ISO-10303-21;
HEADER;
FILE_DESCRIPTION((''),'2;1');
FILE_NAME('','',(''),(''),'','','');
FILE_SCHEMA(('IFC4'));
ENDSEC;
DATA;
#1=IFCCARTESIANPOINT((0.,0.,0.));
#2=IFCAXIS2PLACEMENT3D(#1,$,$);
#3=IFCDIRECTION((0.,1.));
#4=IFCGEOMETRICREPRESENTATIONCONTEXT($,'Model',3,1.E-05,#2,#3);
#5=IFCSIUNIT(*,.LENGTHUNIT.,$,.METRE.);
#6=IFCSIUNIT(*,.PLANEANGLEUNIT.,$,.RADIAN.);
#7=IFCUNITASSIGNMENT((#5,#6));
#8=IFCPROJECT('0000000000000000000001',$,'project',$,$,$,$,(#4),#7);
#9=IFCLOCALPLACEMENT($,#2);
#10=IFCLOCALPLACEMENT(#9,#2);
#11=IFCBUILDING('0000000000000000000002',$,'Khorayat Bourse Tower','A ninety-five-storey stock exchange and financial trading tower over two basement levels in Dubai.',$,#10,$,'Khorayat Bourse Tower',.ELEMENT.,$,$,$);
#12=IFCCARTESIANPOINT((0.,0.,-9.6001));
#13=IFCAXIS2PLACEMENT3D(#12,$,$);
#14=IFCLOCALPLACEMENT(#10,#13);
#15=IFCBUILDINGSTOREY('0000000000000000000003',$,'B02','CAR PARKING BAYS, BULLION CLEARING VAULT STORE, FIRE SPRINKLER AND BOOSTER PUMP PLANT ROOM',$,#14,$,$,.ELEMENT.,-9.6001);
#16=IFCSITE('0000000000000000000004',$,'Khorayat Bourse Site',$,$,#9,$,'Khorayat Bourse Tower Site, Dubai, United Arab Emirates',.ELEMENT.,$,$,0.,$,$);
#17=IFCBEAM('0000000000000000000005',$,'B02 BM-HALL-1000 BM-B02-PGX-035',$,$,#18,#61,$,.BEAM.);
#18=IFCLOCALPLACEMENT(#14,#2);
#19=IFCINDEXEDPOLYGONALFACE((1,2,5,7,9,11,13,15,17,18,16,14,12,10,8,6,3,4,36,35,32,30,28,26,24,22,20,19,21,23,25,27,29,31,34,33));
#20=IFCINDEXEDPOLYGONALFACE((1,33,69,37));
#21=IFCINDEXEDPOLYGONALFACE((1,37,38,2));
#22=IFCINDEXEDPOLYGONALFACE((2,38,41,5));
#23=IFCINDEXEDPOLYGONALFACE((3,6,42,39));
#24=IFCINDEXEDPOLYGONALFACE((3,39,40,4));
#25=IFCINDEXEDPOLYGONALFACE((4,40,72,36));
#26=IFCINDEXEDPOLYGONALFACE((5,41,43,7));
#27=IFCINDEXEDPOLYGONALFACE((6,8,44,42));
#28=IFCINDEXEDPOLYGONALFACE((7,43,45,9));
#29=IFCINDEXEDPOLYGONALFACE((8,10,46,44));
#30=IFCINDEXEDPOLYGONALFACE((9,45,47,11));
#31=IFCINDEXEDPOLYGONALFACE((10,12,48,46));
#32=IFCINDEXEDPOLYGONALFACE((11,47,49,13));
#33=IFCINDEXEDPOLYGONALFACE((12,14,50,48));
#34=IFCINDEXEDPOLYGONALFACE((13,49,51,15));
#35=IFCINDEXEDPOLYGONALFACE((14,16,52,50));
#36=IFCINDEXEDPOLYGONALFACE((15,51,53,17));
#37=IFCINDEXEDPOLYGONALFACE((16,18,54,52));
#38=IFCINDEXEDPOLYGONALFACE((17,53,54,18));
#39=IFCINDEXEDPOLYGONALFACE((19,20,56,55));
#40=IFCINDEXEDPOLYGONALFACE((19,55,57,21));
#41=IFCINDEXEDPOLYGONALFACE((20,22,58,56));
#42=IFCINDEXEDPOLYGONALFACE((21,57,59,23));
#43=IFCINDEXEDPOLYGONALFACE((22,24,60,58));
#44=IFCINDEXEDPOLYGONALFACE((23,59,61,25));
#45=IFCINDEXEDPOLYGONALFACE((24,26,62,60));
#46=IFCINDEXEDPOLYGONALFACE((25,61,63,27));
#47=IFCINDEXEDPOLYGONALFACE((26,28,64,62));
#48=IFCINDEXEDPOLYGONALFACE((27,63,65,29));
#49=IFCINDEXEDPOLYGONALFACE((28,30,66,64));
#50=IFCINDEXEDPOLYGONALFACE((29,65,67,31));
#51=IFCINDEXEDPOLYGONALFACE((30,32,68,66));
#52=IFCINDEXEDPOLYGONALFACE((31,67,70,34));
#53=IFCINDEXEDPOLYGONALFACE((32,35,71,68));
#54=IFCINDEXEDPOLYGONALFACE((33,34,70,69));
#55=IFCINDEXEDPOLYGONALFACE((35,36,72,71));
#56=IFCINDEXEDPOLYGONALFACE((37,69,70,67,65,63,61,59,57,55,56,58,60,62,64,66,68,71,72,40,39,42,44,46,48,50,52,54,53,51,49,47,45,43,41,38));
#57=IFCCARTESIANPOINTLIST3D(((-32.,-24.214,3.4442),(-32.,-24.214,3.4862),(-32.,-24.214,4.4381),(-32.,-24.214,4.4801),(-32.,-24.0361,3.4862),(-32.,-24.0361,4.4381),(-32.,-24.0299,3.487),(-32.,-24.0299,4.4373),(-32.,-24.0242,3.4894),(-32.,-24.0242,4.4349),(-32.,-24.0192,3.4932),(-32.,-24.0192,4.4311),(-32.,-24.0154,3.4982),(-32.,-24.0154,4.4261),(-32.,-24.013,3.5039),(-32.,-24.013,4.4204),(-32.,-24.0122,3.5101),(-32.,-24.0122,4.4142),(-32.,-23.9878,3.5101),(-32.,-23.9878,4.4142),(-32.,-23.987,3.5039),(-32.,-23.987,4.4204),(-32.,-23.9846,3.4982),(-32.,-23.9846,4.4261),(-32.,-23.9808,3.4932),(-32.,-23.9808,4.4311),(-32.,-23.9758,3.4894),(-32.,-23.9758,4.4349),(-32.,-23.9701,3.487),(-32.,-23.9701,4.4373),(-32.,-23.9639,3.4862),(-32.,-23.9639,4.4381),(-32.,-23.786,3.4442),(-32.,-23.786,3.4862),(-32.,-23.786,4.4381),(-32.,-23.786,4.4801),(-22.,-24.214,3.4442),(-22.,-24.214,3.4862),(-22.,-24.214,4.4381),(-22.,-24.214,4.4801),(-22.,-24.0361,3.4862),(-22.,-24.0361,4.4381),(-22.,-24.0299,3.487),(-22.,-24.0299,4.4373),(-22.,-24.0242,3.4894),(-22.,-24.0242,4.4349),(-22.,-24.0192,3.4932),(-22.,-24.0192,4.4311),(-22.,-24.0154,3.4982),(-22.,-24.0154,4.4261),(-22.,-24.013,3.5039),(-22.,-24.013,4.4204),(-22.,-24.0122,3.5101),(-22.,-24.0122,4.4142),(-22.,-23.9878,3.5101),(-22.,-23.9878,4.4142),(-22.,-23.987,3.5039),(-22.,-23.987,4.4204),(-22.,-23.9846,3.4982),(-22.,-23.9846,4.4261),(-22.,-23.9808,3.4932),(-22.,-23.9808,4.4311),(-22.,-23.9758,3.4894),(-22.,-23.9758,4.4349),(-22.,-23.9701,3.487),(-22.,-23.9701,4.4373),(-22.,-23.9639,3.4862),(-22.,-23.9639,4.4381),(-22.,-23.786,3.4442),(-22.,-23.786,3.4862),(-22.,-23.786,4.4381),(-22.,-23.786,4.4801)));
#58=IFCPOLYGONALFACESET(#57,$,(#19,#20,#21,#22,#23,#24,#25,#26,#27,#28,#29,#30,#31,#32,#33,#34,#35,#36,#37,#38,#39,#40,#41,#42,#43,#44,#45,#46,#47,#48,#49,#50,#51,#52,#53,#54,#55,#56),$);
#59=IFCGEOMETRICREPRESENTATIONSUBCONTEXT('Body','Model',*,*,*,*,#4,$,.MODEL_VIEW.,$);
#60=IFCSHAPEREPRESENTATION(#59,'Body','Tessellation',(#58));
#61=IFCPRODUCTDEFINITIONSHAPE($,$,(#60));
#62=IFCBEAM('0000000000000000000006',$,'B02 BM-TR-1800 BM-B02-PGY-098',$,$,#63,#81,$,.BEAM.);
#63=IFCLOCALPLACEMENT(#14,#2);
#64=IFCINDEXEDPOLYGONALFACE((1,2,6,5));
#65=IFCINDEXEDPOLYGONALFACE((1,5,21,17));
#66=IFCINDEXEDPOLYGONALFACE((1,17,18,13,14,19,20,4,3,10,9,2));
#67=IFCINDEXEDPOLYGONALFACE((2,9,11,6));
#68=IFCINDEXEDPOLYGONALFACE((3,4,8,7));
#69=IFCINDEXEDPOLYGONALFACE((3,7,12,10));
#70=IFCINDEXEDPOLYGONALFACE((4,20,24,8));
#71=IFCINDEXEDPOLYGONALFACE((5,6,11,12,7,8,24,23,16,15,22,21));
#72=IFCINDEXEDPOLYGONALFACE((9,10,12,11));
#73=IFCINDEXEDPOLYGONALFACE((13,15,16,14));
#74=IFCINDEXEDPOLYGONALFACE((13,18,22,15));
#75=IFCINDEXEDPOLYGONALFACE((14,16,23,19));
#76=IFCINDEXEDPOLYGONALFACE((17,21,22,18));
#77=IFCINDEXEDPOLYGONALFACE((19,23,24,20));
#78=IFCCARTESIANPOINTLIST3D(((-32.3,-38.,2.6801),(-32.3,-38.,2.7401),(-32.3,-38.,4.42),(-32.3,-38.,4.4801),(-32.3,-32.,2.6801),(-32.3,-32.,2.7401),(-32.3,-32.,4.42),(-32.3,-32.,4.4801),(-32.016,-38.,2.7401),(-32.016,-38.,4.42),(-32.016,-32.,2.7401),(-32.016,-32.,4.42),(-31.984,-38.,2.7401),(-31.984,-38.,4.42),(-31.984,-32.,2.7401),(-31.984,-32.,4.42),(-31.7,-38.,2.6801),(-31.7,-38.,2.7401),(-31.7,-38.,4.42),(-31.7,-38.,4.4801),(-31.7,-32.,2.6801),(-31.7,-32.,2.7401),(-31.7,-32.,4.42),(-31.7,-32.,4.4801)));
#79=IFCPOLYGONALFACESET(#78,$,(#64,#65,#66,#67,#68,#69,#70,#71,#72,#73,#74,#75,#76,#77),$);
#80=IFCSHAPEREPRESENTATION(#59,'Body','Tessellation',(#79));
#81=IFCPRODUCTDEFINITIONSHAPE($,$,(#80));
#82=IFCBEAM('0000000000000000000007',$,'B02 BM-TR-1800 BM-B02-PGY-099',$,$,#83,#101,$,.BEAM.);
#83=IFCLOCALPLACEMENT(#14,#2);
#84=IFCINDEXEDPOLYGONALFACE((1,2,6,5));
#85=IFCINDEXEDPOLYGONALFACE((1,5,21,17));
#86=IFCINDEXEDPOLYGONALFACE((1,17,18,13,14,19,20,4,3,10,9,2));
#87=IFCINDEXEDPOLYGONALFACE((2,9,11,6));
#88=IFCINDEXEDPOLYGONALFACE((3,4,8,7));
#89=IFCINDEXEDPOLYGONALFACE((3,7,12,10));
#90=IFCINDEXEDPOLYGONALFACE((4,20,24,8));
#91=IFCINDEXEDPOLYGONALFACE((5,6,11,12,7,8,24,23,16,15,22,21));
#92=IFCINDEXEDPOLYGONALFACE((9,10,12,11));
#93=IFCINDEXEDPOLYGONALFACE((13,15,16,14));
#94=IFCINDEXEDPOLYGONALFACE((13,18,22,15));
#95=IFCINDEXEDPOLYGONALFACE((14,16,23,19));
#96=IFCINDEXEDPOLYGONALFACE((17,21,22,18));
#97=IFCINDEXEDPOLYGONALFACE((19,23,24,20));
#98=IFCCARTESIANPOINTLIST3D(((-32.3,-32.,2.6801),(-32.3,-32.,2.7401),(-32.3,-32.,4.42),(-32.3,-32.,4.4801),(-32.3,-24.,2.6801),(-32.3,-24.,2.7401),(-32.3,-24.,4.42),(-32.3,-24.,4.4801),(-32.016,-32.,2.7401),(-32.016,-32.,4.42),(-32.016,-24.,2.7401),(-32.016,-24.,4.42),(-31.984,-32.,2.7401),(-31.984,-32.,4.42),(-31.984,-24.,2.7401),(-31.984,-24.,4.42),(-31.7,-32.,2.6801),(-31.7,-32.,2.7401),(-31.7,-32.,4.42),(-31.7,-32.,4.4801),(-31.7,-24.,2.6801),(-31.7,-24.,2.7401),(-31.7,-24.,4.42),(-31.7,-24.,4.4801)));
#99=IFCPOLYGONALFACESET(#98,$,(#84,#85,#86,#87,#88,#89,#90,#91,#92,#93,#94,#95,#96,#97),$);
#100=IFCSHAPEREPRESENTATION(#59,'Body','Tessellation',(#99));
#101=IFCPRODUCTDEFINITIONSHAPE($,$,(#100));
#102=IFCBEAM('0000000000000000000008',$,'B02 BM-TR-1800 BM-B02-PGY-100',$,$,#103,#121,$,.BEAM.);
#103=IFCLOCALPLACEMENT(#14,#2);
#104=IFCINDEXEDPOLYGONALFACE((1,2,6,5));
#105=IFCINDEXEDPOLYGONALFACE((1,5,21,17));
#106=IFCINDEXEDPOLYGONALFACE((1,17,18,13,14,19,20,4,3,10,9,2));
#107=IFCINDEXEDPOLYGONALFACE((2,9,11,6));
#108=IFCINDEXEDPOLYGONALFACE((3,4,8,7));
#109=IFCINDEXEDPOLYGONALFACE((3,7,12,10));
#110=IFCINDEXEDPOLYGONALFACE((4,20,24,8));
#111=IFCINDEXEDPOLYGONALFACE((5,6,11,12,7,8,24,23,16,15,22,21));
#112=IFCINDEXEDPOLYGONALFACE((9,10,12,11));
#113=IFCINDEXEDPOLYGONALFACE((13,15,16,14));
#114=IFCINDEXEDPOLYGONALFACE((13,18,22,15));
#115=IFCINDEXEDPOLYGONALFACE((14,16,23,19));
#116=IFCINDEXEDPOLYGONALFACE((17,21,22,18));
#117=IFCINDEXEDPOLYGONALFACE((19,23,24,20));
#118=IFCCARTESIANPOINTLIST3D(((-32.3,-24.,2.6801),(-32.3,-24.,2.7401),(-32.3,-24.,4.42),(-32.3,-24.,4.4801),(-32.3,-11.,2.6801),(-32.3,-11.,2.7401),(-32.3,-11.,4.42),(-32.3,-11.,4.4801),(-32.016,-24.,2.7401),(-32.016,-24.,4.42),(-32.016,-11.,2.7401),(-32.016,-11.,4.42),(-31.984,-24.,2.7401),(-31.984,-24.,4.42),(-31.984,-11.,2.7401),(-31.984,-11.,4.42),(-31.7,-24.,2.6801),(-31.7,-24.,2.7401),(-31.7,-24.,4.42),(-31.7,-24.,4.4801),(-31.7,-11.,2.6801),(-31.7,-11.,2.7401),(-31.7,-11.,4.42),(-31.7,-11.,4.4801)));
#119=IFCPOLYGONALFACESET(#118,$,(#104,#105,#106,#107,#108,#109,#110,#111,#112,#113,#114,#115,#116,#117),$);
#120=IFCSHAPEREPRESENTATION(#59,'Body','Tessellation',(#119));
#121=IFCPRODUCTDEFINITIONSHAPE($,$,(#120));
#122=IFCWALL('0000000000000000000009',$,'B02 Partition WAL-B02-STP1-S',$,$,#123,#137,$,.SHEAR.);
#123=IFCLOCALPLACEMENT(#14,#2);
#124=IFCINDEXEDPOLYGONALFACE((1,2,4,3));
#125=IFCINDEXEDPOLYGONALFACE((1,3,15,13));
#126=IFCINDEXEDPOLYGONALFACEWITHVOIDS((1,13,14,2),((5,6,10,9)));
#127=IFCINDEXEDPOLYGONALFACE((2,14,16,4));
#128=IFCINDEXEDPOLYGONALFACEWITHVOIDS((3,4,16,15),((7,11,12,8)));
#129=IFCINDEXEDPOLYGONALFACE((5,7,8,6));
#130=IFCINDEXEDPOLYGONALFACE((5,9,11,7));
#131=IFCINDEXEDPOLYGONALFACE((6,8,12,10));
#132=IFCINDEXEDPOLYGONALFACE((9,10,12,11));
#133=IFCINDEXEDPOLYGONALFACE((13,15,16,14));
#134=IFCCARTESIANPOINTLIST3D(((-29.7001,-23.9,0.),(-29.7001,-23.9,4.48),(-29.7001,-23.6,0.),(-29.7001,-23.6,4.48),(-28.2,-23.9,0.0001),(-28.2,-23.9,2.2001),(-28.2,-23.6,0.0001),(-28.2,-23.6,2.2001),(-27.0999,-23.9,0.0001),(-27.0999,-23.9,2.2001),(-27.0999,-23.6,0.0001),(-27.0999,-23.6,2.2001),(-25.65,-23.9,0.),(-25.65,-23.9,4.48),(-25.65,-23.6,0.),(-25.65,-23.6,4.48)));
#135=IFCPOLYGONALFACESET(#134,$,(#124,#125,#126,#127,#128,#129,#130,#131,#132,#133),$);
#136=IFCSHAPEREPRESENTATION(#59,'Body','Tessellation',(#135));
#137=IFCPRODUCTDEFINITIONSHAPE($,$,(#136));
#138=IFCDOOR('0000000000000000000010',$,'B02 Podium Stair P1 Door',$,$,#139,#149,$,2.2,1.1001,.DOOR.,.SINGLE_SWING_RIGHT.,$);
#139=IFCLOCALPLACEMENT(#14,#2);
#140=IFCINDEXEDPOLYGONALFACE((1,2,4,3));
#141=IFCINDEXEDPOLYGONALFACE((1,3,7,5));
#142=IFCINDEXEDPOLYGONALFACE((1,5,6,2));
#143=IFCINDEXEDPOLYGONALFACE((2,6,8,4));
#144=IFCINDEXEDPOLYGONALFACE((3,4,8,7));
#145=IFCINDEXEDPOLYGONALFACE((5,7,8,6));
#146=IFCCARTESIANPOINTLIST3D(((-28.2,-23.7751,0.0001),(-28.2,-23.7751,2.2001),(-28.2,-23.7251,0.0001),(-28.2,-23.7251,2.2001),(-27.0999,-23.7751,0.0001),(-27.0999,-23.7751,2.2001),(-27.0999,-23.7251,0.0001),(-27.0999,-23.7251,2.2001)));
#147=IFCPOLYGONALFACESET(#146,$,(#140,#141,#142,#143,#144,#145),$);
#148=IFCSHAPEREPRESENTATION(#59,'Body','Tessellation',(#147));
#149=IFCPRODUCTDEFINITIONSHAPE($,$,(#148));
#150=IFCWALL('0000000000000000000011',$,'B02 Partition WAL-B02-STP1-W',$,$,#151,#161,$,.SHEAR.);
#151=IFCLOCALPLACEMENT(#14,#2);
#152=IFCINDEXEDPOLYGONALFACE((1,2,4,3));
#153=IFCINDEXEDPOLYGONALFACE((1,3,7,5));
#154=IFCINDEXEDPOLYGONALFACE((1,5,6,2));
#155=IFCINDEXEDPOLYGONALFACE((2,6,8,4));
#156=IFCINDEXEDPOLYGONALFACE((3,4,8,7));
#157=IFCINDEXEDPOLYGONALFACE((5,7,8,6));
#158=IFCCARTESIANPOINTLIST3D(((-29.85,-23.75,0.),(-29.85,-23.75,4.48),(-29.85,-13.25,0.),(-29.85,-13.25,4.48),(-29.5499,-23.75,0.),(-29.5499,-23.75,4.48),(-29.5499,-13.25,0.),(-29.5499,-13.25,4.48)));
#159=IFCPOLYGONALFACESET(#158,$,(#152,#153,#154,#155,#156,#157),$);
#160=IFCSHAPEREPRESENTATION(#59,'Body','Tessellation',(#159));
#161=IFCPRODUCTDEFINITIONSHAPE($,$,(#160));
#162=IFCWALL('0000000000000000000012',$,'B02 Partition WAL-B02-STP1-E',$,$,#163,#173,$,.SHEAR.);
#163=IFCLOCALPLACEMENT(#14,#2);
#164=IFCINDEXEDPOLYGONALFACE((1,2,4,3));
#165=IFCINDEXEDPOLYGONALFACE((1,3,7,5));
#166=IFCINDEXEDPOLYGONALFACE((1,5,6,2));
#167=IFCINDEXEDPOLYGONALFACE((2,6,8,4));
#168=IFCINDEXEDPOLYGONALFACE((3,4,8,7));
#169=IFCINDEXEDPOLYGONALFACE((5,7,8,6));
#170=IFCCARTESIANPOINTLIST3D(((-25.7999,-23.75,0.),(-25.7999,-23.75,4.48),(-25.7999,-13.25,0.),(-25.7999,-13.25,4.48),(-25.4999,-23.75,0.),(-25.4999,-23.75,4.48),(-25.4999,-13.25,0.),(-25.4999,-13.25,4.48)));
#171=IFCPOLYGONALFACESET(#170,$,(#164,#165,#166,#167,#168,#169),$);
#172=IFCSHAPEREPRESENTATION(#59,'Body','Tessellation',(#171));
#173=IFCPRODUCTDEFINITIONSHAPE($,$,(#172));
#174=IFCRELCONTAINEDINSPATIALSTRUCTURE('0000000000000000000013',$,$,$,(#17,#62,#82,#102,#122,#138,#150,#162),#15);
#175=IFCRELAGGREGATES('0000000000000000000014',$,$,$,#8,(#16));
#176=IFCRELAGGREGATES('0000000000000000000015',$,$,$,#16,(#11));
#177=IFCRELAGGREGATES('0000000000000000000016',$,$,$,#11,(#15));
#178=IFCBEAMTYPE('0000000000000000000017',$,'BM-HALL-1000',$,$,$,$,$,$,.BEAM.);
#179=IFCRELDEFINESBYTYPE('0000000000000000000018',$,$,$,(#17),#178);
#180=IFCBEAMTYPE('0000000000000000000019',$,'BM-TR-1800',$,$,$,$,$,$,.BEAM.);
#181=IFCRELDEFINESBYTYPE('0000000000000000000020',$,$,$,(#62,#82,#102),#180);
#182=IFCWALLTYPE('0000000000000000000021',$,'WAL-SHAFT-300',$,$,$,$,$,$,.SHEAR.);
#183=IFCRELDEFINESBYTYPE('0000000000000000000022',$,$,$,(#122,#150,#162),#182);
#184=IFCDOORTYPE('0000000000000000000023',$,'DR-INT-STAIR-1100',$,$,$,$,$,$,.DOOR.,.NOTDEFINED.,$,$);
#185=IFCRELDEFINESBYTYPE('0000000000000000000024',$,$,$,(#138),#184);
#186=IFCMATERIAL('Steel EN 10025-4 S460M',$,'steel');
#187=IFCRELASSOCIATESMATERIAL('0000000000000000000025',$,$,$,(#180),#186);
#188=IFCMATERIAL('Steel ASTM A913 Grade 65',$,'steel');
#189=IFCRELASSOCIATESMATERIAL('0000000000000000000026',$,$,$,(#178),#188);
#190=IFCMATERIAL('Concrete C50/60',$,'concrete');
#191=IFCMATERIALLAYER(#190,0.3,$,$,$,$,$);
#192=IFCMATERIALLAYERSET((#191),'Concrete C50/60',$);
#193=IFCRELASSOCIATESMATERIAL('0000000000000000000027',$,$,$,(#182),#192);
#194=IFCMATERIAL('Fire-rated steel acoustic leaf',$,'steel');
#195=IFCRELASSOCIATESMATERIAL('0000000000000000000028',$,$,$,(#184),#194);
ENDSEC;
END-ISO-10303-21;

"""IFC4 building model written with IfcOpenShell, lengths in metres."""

from ifc_helpers import new_model, si_unit, direction, frame, frame_2d, origin, origin_2d, place, context, subcontext, project, spatial, rectangle, i_section, extrude, source, transform, mapped, material, layer, layer_set, material_profile, profile_set, type_object, element, fill, save


model = new_model("IFC4")

# Units and contexts
model_context = context("Model", 3, precision=1e-05, world=origin(), true_north=direction((0.0, 1.0)))
body_context = subcontext(model_context, "Body", "Model", "MODEL_VIEW")
ifc_project = project(units=[si_unit("LENGTHUNIT", "METRE"), si_unit("PLANEANGLEUNIT", "RADIAN")], contexts=[model_context])

# Site, building, storey
site_placement = place(None, origin())
site = spatial("IfcSite", under=ifc_project, at=site_placement, Name="Khorayat Bourse Site", LongName="Khorayat Bourse Tower Site, Dubai, United Arab Emirates", CompositionType="ELEMENT", RefElevation=0.0)
building_placement = place(site_placement, origin())
building = spatial("IfcBuilding", under=site, at=building_placement, Name="Khorayat Bourse Tower", Description="A ninety-five-storey stock exchange and financial trading tower over two basement levels in Dubai.", LongName="Khorayat Bourse Tower", CompositionType="ELEMENT")
storey_placement = place(building_placement, frame((0.0, 0.0, -9.6001)))
storey = spatial("IfcBuildingStorey", under=building, at=storey_placement, Name="B02", Description="CAR PARKING BAYS, BULLION CLEARING VAULT STORE, FIRE SPRINKLER AND BOOSTER PUMP PLANT ROOM", CompositionType="ELEMENT", Elevation=-9.6001)

# Shared definitions
ifc_material_1 = material(Name="Concrete C50/60", Category="concrete")

# Beams
ifc_material_2 = material(Name="Steel EN 10025-4 S460M", Category="steel")
ifc_material_profile_1 = material_profile(ifc_material_2, i_section(OverallWidth=0.6001, OverallDepth=1.8, WebThickness=0.032, FlangeThickness=0.0601, at=origin_2d()), Name="PG 1800x600x32x60")
ifc_profile_set_1 = profile_set([ifc_material_profile_1], Name="Steel EN 10025-4 S460M")
beam_type_1 = type_object("IfcBeamType", Name="BM-TR-1800", PredefinedType="BEAM", material=ifc_profile_set_1)
ifc_material_3 = material(Name="Steel ASTM A913 Grade 65", Category="steel")
ifc_material_profile_2 = material_profile(ifc_material_3, i_section(OverallWidth=0.428, OverallDepth=1.0359, WebThickness=0.0244, FlangeThickness=0.042, FilletRadius=0.0239, at=origin_2d()), Name="W1000X443")
ifc_profile_set_2 = profile_set([ifc_material_profile_2], Name="Steel ASTM A913 Grade 65")
beam_type_2 = type_object("IfcBeamType", Name="BM-HALL-1000", PredefinedType="BEAM", material=ifc_profile_set_2)
shared_shape_1 = source(origin(), body_context, "Body", "SweptSolid", [
    extrude(i_section(OverallWidth=0.428, OverallDepth=1.0359, WebThickness=0.0244, FlangeThickness=0.042, FilletRadius=0.0239, at=origin_2d()), origin(), (0.0, 0.0, 1.0), 10.0),
])
beam_1_placement = place(storey_placement, frame((-32.0, -24.0, 3.9622), z_axis=(1.0, 0.0, 0.0), x_axis=(0.0, 1.0, 0.0)))
element("IfcBeam", 1, at=beam_1_placement, inside=storey, type_object=beam_type_2, Name="B02 BM-HALL-1000 BM-B02-PGX-035", PredefinedType="BEAM", context=body_context, shape_type="MappedRepresentation", body=[
    mapped(shared_shape_1, transform((0.0, 0.0, 0.0), scale=1.0)),
])
shared_shape_2 = source(origin(), body_context, "Body", "SweptSolid", [
    extrude(i_section(OverallWidth=0.6001, OverallDepth=1.8, WebThickness=0.032, FlangeThickness=0.0601, at=origin_2d()), origin(), (0.0, 0.0, 1.0), 6.0),
])
beam_2_placement = place(storey_placement, frame((-32.0, -38.0, 3.5801), z_axis=(0.0, 1.0, 0.0), x_axis=(-1.0, 0.0, 0.0)))
element("IfcBeam", 2, at=beam_2_placement, inside=storey, type_object=beam_type_1, Name="B02 BM-TR-1800 BM-B02-PGY-098", PredefinedType="BEAM", context=body_context, shape_type="MappedRepresentation", body=[
    mapped(shared_shape_2, transform((0.0, 0.0, 0.0), scale=1.0)),
])
shared_shape_3 = source(origin(), body_context, "Body", "SweptSolid", [
    extrude(i_section(OverallWidth=0.6001, OverallDepth=1.8, WebThickness=0.032, FlangeThickness=0.0601, at=origin_2d()), origin(), (0.0, 0.0, 1.0), 8.0),
])
beam_3_placement = place(storey_placement, frame((-32.0, -32.0, 3.5801), z_axis=(0.0, 1.0, 0.0), x_axis=(-1.0, 0.0, 0.0)))
element("IfcBeam", 3, at=beam_3_placement, inside=storey, type_object=beam_type_1, Name="B02 BM-TR-1800 BM-B02-PGY-099", PredefinedType="BEAM", context=body_context, shape_type="MappedRepresentation", body=[
    mapped(shared_shape_3, transform((0.0, 0.0, 0.0), scale=1.0)),
])
shared_shape_4 = source(origin(), body_context, "Body", "SweptSolid", [
    extrude(i_section(OverallWidth=0.6001, OverallDepth=1.8, WebThickness=0.032, FlangeThickness=0.0601, at=origin_2d()), origin(), (0.0, 0.0, 1.0), 13.0),
])
beam_4_placement = place(storey_placement, frame((-32.0, -24.0, 3.5801), z_axis=(0.0, 1.0, 0.0), x_axis=(-1.0, 0.0, 0.0)))
element("IfcBeam", 4, at=beam_4_placement, inside=storey, type_object=beam_type_1, Name="B02 BM-TR-1800 BM-B02-PGY-100", PredefinedType="BEAM", context=body_context, shape_type="MappedRepresentation", body=[
    mapped(shared_shape_4, transform((0.0, 0.0, 0.0), scale=1.0)),
])

# Wall, opening, door
ifc_layer_1 = layer(ifc_material_1, 0.3)
ifc_layer_set_1 = layer_set([ifc_layer_1], Name="Concrete C50/60")
wall_type_1 = type_object("IfcWallType", Name="WAL-SHAFT-300", PredefinedType="SHEAR", material=ifc_layer_set_1)
shared_shape_5 = source(origin(), body_context, "Body", "SweptSolid", [
    extrude(rectangle(XDim=4.05, YDim=0.3, at=frame_2d((2.0249, 0.0))), origin(), (0.0, 0.0, 1.0), 4.48),
])
wall_1_placement = place(storey_placement, frame((-29.7, -23.75, 0.0), z_axis=(0.0, 0.0, 1.0), x_axis=(1.0, 0.0, 0.0)))
wall_1 = element("IfcWall", 5, at=wall_1_placement, inside=storey, type_object=wall_type_1, Name="B02 Partition WAL-B02-STP1-S", PredefinedType="SHEAR", context=body_context, shape_type="MappedRepresentation", body=[
    mapped(shared_shape_5, transform((0.0, 0.0, 0.0), scale=1.0)),
])
shared_shape_6 = source(origin(), body_context, "Body", "SweptSolid", [
    extrude(rectangle(XDim=1.1001, YDim=2.2, at=frame_2d((0.55, 1.1001))), frame((0.0, 0.1599, 0.0), z_axis=(0.0, -1.0, 0.0), x_axis=(1.0, 0.0, 0.0)), (0.0, 0.0, 1.0), 0.3201),
])
opening_1_placement = place(wall_1_placement, frame((1.5, 0.0, 0.0)))
opening_1 = element("IfcOpeningElement", 6, at=opening_1_placement, cuts=wall_1, PredefinedType="OPENING", context=body_context, shape_type="MappedRepresentation", body=[
    mapped(shared_shape_6, transform((0.0, 0.0, 0.0), scale=1.0)),
])
ifc_material_4 = material(Name="Fire-rated steel acoustic leaf", Category="steel")
door_type_1 = type_object("IfcDoorType", Name="DR-INT-STAIR-1100", OperationType="NOTDEFINED", PredefinedType="DOOR", material=ifc_material_4)
shared_shape_7 = source(origin(), body_context, "Body", "SweptSolid", [
    extrude(rectangle(XDim=1.1001, YDim=2.2, at=frame_2d((0.55, 1.1001))), frame((0.0, 0.0249, 0.0), z_axis=(0.0, -1.0, 0.0), x_axis=(1.0, 0.0, 0.0)), (0.0, 0.0, 1.0), 0.05),
])
door_1_placement = place(opening_1_placement, origin())
door_1 = element("IfcDoor", 7, at=door_1_placement, inside=storey, type_object=door_type_1, Name="B02 Podium Stair P1 Door", OperationType="SINGLE_SWING_RIGHT", OverallHeight=2.2, OverallWidth=1.1001, PredefinedType="DOOR", context=body_context, shape_type="MappedRepresentation", body=[
    mapped(shared_shape_7, transform((0.0, 0.0, 0.0), scale=1.0)),
])
fill(opening_1, door_1)

# Walls
shared_shape_8 = source(origin(), body_context, "Body", "SweptSolid", [
    extrude(rectangle(XDim=10.5, YDim=0.3, at=frame_2d((5.25, 0.0))), origin(), (0.0, 0.0, 1.0), 4.48),
])
for number, where, z_axis, x_axis, name in (
    (8, (-29.7, -23.75, 0.0), (0.0, 0.0, 1.0), (0.0, 1.0, 0.0), "B02 Partition WAL-B02-STP1-W"),
    (9, (-25.6499, -23.75, 0.0), (0.0, 0.0, 1.0), (0.0, 1.0, 0.0), "B02 Partition WAL-B02-STP1-E"),
):
    element("IfcWall", number, at=place(storey_placement, frame(where, z_axis=z_axis, x_axis=x_axis)), inside=storey, type_object=wall_type_1, Name=name, PredefinedType="SHEAR", context=body_context, shape_type="MappedRepresentation", body=[
        mapped(shared_shape_8, transform((0.0, 0.0, 0.0), scale=1.0)),
    ])

save(model, "model.ifc")
